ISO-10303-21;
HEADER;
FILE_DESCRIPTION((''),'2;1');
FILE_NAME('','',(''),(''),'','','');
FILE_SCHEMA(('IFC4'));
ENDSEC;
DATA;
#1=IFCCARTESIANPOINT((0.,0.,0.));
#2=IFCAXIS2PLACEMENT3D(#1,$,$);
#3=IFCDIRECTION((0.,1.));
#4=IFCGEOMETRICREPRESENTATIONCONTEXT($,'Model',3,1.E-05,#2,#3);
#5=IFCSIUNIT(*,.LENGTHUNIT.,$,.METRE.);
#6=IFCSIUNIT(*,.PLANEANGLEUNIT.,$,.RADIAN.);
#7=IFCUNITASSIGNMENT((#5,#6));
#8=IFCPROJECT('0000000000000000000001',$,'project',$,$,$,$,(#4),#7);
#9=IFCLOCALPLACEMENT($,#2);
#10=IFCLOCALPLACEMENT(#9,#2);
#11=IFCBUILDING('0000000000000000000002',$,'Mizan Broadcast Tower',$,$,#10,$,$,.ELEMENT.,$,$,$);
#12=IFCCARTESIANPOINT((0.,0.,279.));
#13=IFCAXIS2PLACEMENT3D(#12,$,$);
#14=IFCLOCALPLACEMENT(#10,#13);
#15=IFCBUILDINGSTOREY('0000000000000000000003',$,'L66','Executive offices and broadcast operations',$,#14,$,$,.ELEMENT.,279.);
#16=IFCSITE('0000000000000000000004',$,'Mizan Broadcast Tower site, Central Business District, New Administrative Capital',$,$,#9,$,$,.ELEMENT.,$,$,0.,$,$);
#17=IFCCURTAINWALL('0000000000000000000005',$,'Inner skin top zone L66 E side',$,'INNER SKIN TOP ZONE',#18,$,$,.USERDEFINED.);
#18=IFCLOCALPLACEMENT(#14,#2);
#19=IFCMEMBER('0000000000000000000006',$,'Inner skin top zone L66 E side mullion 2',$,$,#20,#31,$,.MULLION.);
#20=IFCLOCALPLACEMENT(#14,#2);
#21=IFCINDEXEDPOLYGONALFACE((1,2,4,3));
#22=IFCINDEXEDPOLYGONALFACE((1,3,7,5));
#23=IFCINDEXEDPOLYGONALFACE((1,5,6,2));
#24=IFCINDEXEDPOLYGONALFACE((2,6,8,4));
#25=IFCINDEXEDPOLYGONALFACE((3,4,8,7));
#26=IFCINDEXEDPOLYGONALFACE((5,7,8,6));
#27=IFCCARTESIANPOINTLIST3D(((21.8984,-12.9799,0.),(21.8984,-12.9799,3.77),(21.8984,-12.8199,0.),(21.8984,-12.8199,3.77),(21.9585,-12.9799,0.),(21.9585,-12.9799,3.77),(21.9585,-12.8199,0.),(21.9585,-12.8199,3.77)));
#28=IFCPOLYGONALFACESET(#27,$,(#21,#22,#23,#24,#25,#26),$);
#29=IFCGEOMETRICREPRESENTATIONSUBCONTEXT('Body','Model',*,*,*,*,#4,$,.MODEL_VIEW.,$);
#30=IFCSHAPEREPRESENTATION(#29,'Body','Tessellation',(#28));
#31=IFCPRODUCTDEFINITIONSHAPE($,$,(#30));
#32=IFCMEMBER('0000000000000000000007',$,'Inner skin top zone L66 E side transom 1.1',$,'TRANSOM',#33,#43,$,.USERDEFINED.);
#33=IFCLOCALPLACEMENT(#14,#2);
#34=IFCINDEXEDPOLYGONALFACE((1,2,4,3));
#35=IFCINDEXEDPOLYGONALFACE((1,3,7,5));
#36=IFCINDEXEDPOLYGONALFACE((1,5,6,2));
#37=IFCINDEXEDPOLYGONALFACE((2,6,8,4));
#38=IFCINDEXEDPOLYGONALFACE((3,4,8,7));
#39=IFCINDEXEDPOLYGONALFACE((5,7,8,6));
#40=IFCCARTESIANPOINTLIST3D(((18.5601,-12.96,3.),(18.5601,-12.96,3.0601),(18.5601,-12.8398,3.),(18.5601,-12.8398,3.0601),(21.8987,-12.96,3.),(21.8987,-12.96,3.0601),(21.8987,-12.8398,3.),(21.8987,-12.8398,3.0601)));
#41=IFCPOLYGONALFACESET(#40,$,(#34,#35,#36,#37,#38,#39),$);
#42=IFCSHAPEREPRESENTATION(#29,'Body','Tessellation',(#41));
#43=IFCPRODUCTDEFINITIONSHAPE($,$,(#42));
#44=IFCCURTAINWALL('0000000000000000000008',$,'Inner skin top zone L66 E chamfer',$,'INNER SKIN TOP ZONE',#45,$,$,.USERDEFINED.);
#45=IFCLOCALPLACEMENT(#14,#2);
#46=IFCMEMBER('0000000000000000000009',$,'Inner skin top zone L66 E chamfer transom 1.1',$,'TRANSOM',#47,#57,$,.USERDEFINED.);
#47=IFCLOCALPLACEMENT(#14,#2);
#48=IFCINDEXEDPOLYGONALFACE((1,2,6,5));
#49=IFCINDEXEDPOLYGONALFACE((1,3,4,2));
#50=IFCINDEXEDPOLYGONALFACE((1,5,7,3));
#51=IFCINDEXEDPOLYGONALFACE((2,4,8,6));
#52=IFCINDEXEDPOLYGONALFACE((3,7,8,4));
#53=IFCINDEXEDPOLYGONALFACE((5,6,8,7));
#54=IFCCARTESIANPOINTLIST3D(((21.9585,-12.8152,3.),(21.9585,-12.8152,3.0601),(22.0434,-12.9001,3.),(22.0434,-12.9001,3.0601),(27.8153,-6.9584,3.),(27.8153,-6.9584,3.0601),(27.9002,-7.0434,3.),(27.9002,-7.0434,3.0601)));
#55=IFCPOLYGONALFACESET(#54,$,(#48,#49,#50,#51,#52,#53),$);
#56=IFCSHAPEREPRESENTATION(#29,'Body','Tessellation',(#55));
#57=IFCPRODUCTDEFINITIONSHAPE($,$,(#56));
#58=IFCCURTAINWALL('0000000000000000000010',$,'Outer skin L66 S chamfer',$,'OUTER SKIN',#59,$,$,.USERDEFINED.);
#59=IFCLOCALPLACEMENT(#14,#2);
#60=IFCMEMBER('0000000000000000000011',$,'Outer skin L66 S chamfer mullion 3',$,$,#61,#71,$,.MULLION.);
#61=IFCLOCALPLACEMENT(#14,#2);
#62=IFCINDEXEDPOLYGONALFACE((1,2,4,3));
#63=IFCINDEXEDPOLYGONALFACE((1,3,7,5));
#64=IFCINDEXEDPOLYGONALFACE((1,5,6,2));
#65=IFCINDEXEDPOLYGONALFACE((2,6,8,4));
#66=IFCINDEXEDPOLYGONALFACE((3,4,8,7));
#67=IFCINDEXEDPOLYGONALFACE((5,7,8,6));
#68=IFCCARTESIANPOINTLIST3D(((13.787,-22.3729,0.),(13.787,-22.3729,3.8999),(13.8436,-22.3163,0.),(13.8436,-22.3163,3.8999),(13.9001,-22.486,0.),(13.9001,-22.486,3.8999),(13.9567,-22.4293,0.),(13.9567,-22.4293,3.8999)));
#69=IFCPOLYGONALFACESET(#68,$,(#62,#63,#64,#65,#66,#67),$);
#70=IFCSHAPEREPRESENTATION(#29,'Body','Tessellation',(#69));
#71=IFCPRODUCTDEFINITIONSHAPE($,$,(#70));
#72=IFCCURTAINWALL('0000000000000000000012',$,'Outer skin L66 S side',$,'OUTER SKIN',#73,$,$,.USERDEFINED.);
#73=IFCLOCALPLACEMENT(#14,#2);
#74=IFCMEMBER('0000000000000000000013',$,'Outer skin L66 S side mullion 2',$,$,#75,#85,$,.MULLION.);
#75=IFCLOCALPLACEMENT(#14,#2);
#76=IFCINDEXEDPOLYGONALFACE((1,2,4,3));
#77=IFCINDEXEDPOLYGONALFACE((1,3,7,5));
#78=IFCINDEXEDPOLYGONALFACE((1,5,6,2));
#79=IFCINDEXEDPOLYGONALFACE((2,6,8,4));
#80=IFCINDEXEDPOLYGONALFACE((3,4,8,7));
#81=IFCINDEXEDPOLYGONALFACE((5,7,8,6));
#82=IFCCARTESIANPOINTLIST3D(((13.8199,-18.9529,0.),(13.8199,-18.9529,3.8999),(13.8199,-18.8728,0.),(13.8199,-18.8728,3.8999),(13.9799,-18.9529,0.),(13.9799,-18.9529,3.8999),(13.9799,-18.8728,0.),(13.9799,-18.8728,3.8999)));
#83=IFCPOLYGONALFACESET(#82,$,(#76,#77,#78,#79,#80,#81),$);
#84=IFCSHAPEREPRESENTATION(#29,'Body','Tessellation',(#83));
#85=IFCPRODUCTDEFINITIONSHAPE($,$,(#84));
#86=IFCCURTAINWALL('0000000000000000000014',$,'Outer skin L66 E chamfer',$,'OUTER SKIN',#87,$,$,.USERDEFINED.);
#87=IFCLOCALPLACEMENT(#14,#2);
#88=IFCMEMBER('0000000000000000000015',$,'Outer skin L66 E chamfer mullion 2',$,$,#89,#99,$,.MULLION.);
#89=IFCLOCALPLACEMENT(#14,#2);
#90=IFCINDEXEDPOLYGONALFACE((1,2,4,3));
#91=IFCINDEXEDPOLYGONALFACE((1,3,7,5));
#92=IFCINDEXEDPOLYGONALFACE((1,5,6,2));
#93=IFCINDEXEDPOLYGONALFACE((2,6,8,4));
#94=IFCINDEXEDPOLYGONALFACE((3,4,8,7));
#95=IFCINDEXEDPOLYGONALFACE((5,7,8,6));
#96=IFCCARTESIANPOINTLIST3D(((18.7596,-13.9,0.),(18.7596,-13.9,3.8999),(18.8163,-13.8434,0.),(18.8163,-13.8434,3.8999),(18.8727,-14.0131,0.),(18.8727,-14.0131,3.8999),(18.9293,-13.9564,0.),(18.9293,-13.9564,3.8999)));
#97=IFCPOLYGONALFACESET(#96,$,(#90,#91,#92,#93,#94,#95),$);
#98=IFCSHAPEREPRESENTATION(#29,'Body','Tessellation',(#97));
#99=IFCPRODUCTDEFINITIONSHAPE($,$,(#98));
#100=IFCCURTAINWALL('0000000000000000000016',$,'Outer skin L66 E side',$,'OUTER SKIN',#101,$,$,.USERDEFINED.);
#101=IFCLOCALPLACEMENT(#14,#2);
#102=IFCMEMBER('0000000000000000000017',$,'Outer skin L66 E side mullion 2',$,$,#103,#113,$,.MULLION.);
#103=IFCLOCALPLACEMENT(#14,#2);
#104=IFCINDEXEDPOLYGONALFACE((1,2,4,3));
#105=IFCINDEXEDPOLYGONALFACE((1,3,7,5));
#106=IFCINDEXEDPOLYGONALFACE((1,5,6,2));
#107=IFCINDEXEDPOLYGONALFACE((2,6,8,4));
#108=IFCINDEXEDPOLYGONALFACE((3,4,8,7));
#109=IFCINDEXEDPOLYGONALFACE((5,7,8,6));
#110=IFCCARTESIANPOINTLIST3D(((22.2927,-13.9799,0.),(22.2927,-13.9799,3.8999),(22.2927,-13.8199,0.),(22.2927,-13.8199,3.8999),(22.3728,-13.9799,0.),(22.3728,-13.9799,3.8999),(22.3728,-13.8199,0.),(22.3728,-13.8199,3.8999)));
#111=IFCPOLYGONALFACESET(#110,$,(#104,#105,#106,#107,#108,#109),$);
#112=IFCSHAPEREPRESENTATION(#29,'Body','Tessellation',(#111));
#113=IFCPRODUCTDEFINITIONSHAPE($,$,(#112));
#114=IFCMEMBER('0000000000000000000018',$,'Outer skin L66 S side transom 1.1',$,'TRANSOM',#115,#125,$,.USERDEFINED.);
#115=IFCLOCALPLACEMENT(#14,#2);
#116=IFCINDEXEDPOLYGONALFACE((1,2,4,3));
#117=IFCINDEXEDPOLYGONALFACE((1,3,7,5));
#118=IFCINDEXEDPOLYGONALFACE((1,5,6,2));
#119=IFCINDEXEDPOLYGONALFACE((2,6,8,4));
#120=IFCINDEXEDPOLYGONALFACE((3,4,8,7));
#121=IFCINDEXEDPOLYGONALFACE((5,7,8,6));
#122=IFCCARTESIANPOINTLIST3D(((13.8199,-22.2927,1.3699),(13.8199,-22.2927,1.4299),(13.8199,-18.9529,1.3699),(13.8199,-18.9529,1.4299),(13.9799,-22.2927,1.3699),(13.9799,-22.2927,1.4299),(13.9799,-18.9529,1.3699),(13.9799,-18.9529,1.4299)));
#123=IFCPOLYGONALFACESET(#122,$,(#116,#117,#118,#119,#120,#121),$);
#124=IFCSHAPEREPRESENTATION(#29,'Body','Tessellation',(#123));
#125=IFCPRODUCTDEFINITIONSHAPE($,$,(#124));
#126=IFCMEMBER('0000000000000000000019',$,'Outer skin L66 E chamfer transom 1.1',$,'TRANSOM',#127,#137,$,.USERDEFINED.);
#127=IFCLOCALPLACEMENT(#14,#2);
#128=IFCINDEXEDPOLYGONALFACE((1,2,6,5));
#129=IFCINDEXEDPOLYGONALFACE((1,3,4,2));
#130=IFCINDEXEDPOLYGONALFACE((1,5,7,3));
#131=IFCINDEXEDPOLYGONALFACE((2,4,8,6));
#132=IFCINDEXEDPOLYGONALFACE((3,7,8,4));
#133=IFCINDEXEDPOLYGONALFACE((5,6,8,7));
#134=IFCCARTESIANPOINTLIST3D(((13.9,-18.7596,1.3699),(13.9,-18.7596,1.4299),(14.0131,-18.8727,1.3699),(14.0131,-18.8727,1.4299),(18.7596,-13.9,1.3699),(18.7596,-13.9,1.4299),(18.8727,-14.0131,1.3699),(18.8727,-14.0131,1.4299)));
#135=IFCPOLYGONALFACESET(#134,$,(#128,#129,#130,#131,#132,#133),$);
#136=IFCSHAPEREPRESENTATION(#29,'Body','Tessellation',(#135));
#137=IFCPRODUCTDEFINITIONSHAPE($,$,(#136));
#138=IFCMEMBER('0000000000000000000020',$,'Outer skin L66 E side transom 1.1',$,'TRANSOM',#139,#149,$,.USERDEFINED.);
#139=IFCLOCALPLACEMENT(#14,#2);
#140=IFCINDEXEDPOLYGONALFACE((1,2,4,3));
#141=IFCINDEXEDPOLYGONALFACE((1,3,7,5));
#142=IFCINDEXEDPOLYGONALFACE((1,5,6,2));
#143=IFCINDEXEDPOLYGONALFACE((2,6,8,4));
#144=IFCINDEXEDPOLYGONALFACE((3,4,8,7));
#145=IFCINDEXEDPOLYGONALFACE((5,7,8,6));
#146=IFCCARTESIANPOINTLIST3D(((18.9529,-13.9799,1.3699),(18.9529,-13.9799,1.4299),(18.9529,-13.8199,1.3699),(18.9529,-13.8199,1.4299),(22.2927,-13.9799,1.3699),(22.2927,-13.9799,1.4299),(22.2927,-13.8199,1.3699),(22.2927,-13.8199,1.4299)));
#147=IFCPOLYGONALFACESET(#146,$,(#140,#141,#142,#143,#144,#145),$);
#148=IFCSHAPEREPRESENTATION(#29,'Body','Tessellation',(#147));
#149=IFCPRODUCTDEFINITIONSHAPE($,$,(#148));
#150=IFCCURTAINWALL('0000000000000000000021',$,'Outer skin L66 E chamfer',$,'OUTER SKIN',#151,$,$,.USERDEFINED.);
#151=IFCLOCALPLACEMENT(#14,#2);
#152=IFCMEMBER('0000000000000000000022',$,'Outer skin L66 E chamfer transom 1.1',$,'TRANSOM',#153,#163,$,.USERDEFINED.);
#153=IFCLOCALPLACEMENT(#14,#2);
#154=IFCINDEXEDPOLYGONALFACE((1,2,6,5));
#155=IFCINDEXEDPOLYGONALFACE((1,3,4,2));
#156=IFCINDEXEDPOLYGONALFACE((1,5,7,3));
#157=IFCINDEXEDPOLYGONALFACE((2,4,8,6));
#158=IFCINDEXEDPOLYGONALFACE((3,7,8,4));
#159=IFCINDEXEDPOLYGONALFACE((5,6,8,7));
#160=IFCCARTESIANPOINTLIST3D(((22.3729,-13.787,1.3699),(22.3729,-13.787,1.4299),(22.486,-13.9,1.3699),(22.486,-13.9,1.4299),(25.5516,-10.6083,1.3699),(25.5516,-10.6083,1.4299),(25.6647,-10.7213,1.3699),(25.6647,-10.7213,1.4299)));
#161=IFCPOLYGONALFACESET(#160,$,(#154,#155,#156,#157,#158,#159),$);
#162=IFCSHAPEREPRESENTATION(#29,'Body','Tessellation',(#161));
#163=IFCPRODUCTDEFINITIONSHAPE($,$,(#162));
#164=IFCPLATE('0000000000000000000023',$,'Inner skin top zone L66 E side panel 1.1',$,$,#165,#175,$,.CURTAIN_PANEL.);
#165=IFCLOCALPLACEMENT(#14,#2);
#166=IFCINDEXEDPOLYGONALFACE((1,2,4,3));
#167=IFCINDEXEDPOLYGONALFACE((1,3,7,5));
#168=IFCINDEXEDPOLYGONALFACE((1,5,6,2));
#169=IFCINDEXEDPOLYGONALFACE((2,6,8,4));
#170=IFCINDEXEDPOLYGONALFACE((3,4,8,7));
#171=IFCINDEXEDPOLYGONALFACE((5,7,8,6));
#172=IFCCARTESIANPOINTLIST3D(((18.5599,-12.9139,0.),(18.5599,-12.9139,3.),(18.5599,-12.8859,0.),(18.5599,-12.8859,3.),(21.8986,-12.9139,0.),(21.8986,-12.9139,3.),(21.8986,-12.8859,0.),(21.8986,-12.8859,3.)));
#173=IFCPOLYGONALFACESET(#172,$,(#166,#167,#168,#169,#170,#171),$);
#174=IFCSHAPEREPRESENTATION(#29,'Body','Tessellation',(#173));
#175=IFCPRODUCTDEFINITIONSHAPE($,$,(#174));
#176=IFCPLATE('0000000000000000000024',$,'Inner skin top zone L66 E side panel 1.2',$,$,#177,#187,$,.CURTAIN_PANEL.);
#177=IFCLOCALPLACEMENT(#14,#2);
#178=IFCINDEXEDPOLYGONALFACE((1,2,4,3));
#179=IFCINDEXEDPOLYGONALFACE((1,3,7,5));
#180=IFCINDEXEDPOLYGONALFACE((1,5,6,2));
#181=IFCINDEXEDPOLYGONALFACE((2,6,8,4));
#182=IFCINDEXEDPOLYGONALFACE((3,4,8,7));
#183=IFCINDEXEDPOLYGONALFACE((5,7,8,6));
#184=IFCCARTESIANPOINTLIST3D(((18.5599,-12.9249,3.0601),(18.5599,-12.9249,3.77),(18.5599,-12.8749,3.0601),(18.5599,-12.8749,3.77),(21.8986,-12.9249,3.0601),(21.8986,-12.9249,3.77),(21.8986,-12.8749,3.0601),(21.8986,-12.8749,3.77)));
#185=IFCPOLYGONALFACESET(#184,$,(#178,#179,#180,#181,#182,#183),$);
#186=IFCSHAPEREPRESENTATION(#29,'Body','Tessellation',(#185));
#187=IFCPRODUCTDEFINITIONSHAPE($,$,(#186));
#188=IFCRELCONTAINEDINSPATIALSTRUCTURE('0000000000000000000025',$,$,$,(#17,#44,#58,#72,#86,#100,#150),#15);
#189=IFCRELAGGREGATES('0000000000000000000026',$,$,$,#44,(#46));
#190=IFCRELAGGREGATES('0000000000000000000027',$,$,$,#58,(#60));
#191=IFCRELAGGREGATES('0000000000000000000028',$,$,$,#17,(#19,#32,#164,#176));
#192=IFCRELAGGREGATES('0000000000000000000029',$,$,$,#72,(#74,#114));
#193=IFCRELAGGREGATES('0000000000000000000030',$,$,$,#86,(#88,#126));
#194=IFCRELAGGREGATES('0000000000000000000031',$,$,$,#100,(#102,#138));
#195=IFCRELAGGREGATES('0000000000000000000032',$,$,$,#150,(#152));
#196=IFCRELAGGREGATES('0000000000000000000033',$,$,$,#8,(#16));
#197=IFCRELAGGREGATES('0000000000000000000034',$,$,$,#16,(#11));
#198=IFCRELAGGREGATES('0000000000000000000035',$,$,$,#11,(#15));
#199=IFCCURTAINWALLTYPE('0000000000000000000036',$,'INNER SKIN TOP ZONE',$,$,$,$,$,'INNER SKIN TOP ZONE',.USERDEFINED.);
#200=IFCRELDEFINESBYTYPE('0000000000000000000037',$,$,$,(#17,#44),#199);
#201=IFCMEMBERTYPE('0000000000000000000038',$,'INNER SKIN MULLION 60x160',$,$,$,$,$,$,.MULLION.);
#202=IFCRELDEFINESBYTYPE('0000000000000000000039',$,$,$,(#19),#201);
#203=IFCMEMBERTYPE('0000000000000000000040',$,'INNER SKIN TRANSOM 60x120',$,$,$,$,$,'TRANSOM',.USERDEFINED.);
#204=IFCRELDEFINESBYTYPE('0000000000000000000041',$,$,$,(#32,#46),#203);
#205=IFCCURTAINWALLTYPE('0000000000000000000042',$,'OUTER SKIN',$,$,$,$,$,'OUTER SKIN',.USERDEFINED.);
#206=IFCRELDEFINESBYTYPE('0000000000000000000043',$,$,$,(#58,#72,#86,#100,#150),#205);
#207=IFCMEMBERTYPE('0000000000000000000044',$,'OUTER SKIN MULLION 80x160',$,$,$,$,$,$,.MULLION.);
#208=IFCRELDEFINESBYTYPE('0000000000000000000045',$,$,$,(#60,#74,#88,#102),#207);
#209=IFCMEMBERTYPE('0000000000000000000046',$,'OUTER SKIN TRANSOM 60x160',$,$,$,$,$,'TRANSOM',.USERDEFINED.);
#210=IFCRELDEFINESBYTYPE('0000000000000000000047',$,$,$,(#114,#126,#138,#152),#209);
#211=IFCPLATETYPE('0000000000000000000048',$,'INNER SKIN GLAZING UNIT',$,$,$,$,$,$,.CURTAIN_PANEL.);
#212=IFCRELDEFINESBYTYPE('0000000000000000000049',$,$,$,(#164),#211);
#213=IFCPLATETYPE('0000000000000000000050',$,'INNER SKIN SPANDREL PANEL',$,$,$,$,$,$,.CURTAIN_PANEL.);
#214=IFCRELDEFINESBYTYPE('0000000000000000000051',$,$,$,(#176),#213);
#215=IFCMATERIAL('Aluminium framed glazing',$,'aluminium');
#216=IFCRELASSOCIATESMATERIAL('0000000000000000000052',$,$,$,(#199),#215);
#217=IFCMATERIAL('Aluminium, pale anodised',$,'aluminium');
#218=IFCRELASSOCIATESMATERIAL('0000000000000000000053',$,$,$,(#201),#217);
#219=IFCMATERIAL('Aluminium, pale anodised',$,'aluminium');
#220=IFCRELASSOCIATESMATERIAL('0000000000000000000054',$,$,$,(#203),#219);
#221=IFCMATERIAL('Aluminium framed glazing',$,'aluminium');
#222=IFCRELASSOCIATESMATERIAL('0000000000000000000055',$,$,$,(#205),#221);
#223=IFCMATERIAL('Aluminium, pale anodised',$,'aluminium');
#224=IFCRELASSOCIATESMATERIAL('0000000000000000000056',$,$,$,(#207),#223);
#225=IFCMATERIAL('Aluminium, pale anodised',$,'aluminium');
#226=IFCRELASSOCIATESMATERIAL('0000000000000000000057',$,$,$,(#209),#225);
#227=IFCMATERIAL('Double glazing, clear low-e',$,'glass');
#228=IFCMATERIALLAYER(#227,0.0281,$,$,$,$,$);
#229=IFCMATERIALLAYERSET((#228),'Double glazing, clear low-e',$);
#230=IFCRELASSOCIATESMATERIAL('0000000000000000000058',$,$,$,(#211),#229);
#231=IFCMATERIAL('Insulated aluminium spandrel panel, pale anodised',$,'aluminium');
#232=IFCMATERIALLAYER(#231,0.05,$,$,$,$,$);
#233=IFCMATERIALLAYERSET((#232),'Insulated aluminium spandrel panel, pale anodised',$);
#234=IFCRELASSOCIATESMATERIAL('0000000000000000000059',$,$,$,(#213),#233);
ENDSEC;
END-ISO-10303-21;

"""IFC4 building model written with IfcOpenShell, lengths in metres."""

from ifc_helpers import new_model, si_unit, direction, frame, origin, origin_2d, place, context, subcontext, project, spatial, rectangle, extrude, material, layer, layer_set, material_profile, profile_set, type_object, element, aggregate, save


model = new_model("IFC4")

# Units and contexts
model_context = context("Model", 3, precision=1e-05, world=origin(), true_north=direction((0.0, 1.0)))
body_context = subcontext(model_context, "Body", "Model", "MODEL_VIEW")
ifc_project = project(units=[si_unit("LENGTHUNIT", "METRE"), si_unit("PLANEANGLEUNIT", "RADIAN")], contexts=[model_context])

# Site, building, storey
site_placement = place(None, origin())
site = spatial("IfcSite", under=ifc_project, at=site_placement, Name="Mizan Broadcast Tower site, Central Business District, New Administrative Capital", CompositionType="ELEMENT", RefElevation=0.0)
building_placement = place(site_placement, origin())
building = spatial("IfcBuilding", under=site, at=building_placement, Name="Mizan Broadcast Tower", CompositionType="ELEMENT")
storey_placement = place(building_placement, frame((0.0, 0.0, 279.0)))
storey = spatial("IfcBuildingStorey", under=building, at=storey_placement, Name="L66", Description="Executive offices and broadcast operations", CompositionType="ELEMENT", Elevation=279.0)

# Curtain wall, members
ifc_material_1 = material(Name="Aluminium framed glazing", Category="aluminium")
curtain_wall_type_1 = type_object("IfcCurtainWallType", Name="INNER SKIN TOP ZONE", ElementType="INNER SKIN TOP ZONE", PredefinedType="USERDEFINED", material=ifc_material_1)
curtain_wall_1_placement = place(storey_placement, origin())
curtain_wall_1 = element("IfcCurtainWall", 1, at=curtain_wall_1_placement, inside=storey, type_object=curtain_wall_type_1, Name="Inner skin top zone L66 E side", ObjectType="INNER SKIN TOP ZONE", PredefinedType="USERDEFINED")
ifc_material_2 = material(Name="Aluminium, pale anodised", Category="aluminium")
ifc_material_profile_1 = material_profile(ifc_material_2, rectangle(XDim=0.1599, YDim=0.0601, at=origin_2d()), Name="MULLION 160x60")
ifc_profile_set_1 = profile_set([ifc_material_profile_1], Name="Aluminium, pale anodised")
member_type_1 = type_object("IfcMemberType", Name="INNER SKIN MULLION 60x160", PredefinedType="MULLION", material=ifc_profile_set_1)
member_1_placement = place(storey_placement, frame((21.9285, -12.8999, 0.0), z_axis=(0.0, 0.0, 1.0), x_axis=(0.0, 1.0, 0.0)))
member_1 = element("IfcMember", 2, at=member_1_placement, type_object=member_type_1, Name="Inner skin top zone L66 E side mullion 2", PredefinedType="MULLION", context=body_context, shape_type="SweptSolid", body=[
    extrude(rectangle(XDim=0.1599, YDim=0.0601, at=origin_2d()), origin(), (0.0, 0.0, 1.0), 3.77),
])
ifc_material_3 = material(Name="Aluminium, pale anodised", Category="aluminium")
ifc_material_profile_2 = material_profile(ifc_material_3, rectangle(XDim=0.1201, YDim=0.0601, at=origin_2d()), Name="TRANSOM 120x60")
ifc_profile_set_2 = profile_set([ifc_material_profile_2], Name="Aluminium, pale anodised")
member_type_2 = type_object("IfcMemberType", Name="INNER SKIN TRANSOM 60x120", ElementType="TRANSOM", PredefinedType="USERDEFINED", material=ifc_profile_set_2)
member_2_placement = place(storey_placement, frame((18.5601, -12.8999, 3.03), z_axis=(1.0, 0.0, 0.0), x_axis=(0.0, 1.0, 0.0)))
member_2 = element("IfcMember", 3, at=member_2_placement, type_object=member_type_2, Name="Inner skin top zone L66 E side transom 1.1", ObjectType="TRANSOM", PredefinedType="USERDEFINED", context=body_context, shape_type="SweptSolid", body=[
    extrude(rectangle(XDim=0.1201, YDim=0.0601, at=origin_2d()), origin(), (0.0, 0.0, 1.0), 3.3386),
])

# Curtain walls, members
curtain_wall_2_placement = place(storey_placement, origin())
curtain_wall_2 = element("IfcCurtainWall", 4, at=curtain_wall_2_placement, inside=storey, type_object=curtain_wall_type_1, Name="Inner skin top zone L66 E chamfer", ObjectType="INNER SKIN TOP ZONE", PredefinedType="USERDEFINED")
member_3_placement = place(storey_placement, frame((22.001, -12.8577, 3.03), z_axis=(0.707107, 0.707107, 0.0), x_axis=(-0.707107, 0.707107, 0.0)))
member_3 = element("IfcMember", 5, at=member_3_placement, type_object=member_type_2, Name="Inner skin top zone L66 E chamfer transom 1.1", ObjectType="TRANSOM", PredefinedType="USERDEFINED", context=body_context, shape_type="SweptSolid", body=[
    extrude(rectangle(XDim=0.1201, YDim=0.0601, at=origin_2d()), origin(), (0.0, 0.0, 1.0), 8.2827),
])
aggregate(curtain_wall_2, [member_3])
ifc_material_4 = material(Name="Aluminium framed glazing", Category="aluminium")
curtain_wall_type_2 = type_object("IfcCurtainWallType", Name="OUTER SKIN", ElementType="OUTER SKIN", PredefinedType="USERDEFINED", material=ifc_material_4)
curtain_wall_3_placement = place(storey_placement, origin())
curtain_wall_3 = element("IfcCurtainWall", 6, at=curtain_wall_3_placement, inside=storey, type_object=curtain_wall_type_2, Name="Outer skin L66 S chamfer", ObjectType="OUTER SKIN", PredefinedType="USERDEFINED")
ifc_material_5 = material(Name="Aluminium, pale anodised", Category="aluminium")
ifc_material_profile_3 = material_profile(ifc_material_5, rectangle(XDim=0.1599, YDim=0.0801, at=origin_2d()), Name="MULLION 160x80")
ifc_profile_set_3 = profile_set([ifc_material_profile_3], Name="Aluminium, pale anodised")
member_type_3 = type_object("IfcMemberType", Name="OUTER SKIN MULLION 80x160", PredefinedType="MULLION", material=ifc_profile_set_3)
member_4_placement = place(storey_placement, frame((13.8718, -22.4011, 0.0), z_axis=(0.0, 0.0, 1.0), x_axis=(-0.707107, 0.707107, 0.0)))
member_4 = element("IfcMember", 7, at=member_4_placement, type_object=member_type_3, Name="Outer skin L66 S chamfer mullion 3", PredefinedType="MULLION", context=body_context, shape_type="SweptSolid", body=[
    extrude(rectangle(XDim=0.1599, YDim=0.0801, at=origin_2d()), origin(), (0.0, 0.0, 1.0), 3.8999),
])
aggregate(curtain_wall_3, [member_4])
curtain_wall_4_placement = place(storey_placement, origin())
curtain_wall_4 = element("IfcCurtainWall", 8, at=curtain_wall_4_placement, inside=storey, type_object=curtain_wall_type_2, Name="Outer skin L66 S side", ObjectType="OUTER SKIN", PredefinedType="USERDEFINED")
member_5_placement = place(storey_placement, frame((13.8999, -18.9128, 0.0), z_axis=(0.0, 0.0, 1.0), x_axis=(-1.0, 0.0, 0.0)))
member_5 = element("IfcMember", 9, at=member_5_placement, type_object=member_type_3, Name="Outer skin L66 S side mullion 2", PredefinedType="MULLION", context=body_context, shape_type="SweptSolid", body=[
    extrude(rectangle(XDim=0.1599, YDim=0.0801, at=origin_2d()), origin(), (0.0, 0.0, 1.0), 3.8999),
])
curtain_wall_5_placement = place(storey_placement, origin())
curtain_wall_5 = element("IfcCurtainWall", 10, at=curtain_wall_5_placement, inside=storey, type_object=curtain_wall_type_2, Name="Outer skin L66 E chamfer", ObjectType="OUTER SKIN", PredefinedType="USERDEFINED")
member_6_placement = place(storey_placement, frame((18.8445, -13.9282, 0.0), z_axis=(0.0, 0.0, 1.0), x_axis=(-0.707107, 0.707107, 0.0)))
member_6 = element("IfcMember", 11, at=member_6_placement, type_object=member_type_3, Name="Outer skin L66 E chamfer mullion 2", PredefinedType="MULLION", context=body_context, shape_type="SweptSolid", body=[
    extrude(rectangle(XDim=0.1599, YDim=0.0801, at=origin_2d()), origin(), (0.0, 0.0, 1.0), 3.8999),
])
curtain_wall_6_placement = place(storey_placement, origin())
curtain_wall_6 = element("IfcCurtainWall", 12, at=curtain_wall_6_placement, inside=storey, type_object=curtain_wall_type_2, Name="Outer skin L66 E side", ObjectType="OUTER SKIN", PredefinedType="USERDEFINED")
member_7_placement = place(storey_placement, frame((22.3328, -13.8999, 0.0), z_axis=(0.0, 0.0, 1.0), x_axis=(0.0, 1.0, 0.0)))
member_7 = element("IfcMember", 13, at=member_7_placement, type_object=member_type_3, Name="Outer skin L66 E side mullion 2", PredefinedType="MULLION", context=body_context, shape_type="SweptSolid", body=[
    extrude(rectangle(XDim=0.1599, YDim=0.0801, at=origin_2d()), origin(), (0.0, 0.0, 1.0), 3.8999),
])

# Members
ifc_material_6 = material(Name="Aluminium, pale anodised", Category="aluminium")
ifc_material_profile_4 = material_profile(ifc_material_6, rectangle(XDim=0.1599, YDim=0.0601, at=origin_2d()), Name="TRANSOM 160x60")
ifc_profile_set_4 = profile_set([ifc_material_profile_4], Name="Aluminium, pale anodised")
member_type_4 = type_object("IfcMemberType", Name="OUTER SKIN TRANSOM 60x160", ElementType="TRANSOM", PredefinedType="USERDEFINED", material=ifc_profile_set_4)
member_8_placement = place(storey_placement, frame((13.8999, -22.2927, 1.3999), z_axis=(0.0, 1.0, 0.0), x_axis=(-1.0, 0.0, 0.0)))
member_8 = element("IfcMember", 14, at=member_8_placement, type_object=member_type_4, Name="Outer skin L66 S side transom 1.1", ObjectType="TRANSOM", PredefinedType="USERDEFINED", context=body_context, shape_type="SweptSolid", body=[
    extrude(rectangle(XDim=0.1599, YDim=0.0601, at=origin_2d()), origin(), (0.0, 0.0, 1.0), 3.3398),
])
member_9_placement = place(storey_placement, frame((13.9565, -18.8162, 1.3999), z_axis=(0.707107, 0.707107, 0.0), x_axis=(-0.707107, 0.707107, 0.0)))
member_9 = element("IfcMember", 15, at=member_9_placement, type_object=member_type_4, Name="Outer skin L66 E chamfer transom 1.1", ObjectType="TRANSOM", PredefinedType="USERDEFINED", context=body_context, shape_type="SweptSolid", body=[
    extrude(rectangle(XDim=0.1599, YDim=0.0601, at=origin_2d()), origin(), (0.0, 0.0, 1.0), 6.8726),
])
member_10_placement = place(storey_placement, frame((18.9529, -13.8999, 1.3999), z_axis=(1.0, 0.0, 0.0), x_axis=(0.0, 1.0, 0.0)))
member_10 = element("IfcMember", 16, at=member_10_placement, type_object=member_type_4, Name="Outer skin L66 E side transom 1.1", ObjectType="TRANSOM", PredefinedType="USERDEFINED", context=body_context, shape_type="SweptSolid", body=[
    extrude(rectangle(XDim=0.1599, YDim=0.0601, at=origin_2d()), origin(), (0.0, 0.0, 1.0), 3.3398),
])

# Curtain wall, member
curtain_wall_7_placement = place(storey_placement, origin())
curtain_wall_7 = element("IfcCurtainWall", 17, at=curtain_wall_7_placement, inside=storey, type_object=curtain_wall_type_2, Name="Outer skin L66 E chamfer", ObjectType="OUTER SKIN", PredefinedType="USERDEFINED")
member_11_placement = place(storey_placement, frame((22.4294, -13.8435, 1.3999), z_axis=(0.707107, 0.707107, 0.0), x_axis=(-0.707107, 0.707107, 0.0)))
member_11 = element("IfcMember", 18, at=member_11_placement, type_object=member_type_4, Name="Outer skin L66 E chamfer transom 1.1", ObjectType="TRANSOM", PredefinedType="USERDEFINED", context=body_context, shape_type="SweptSolid", body=[
    extrude(rectangle(XDim=0.1599, YDim=0.0601, at=origin_2d()), origin(), (0.0, 0.0, 1.0), 4.4954),
])

# Plates
ifc_material_7 = material(Name="Double glazing, clear low-e", Category="glass")
ifc_layer_1 = layer(ifc_material_7, 0.0281)
ifc_layer_set_1 = layer_set([ifc_layer_1], Name="Double glazing, clear low-e")
plate_type_1 = type_object("IfcPlateType", Name="INNER SKIN GLAZING UNIT", PredefinedType="CURTAIN_PANEL", material=ifc_layer_set_1)
plate_1_placement = place(storey_placement, frame((20.2292, -12.8999, 0.0), z_axis=(0.0, 0.0, 1.0), x_axis=(1.0, 0.0, 0.0)))
plate_1 = element("IfcPlate", 19, at=plate_1_placement, type_object=plate_type_1, Name="Inner skin top zone L66 E side panel 1.1", PredefinedType="CURTAIN_PANEL", context=body_context, shape_type="SweptSolid", body=[
    extrude(rectangle(XDim=3.3386, YDim=0.0281, at=origin_2d()), origin(), (0.0, 0.0, 1.0), 3.0),
])
ifc_material_8 = material(Name="Insulated aluminium spandrel panel, pale anodised", Category="aluminium")
ifc_layer_2 = layer(ifc_material_8, 0.05)
ifc_layer_set_2 = layer_set([ifc_layer_2], Name="Insulated aluminium spandrel panel, pale anodised")
plate_type_2 = type_object("IfcPlateType", Name="INNER SKIN SPANDREL PANEL", PredefinedType="CURTAIN_PANEL", material=ifc_layer_set_2)
plate_2_placement = place(storey_placement, frame((20.2292, -12.8999, 3.0601), z_axis=(0.0, 0.0, 1.0), x_axis=(1.0, 0.0, 0.0)))
plate_2 = element("IfcPlate", 20, at=plate_2_placement, type_object=plate_type_2, Name="Inner skin top zone L66 E side panel 1.2", PredefinedType="CURTAIN_PANEL", context=body_context, shape_type="SweptSolid", body=[
    extrude(rectangle(XDim=3.3386, YDim=0.05, at=origin_2d()), origin(), (0.0, 0.0, 1.0), 0.71),
])
aggregate(curtain_wall_1, [member_1, member_2, plate_1, plate_2])
aggregate(curtain_wall_4, [member_5, member_8])
aggregate(curtain_wall_5, [member_6, member_9])
aggregate(curtain_wall_6, [member_7, member_10])
aggregate(curtain_wall_7, [member_11])

save(model, "model.ifc")
